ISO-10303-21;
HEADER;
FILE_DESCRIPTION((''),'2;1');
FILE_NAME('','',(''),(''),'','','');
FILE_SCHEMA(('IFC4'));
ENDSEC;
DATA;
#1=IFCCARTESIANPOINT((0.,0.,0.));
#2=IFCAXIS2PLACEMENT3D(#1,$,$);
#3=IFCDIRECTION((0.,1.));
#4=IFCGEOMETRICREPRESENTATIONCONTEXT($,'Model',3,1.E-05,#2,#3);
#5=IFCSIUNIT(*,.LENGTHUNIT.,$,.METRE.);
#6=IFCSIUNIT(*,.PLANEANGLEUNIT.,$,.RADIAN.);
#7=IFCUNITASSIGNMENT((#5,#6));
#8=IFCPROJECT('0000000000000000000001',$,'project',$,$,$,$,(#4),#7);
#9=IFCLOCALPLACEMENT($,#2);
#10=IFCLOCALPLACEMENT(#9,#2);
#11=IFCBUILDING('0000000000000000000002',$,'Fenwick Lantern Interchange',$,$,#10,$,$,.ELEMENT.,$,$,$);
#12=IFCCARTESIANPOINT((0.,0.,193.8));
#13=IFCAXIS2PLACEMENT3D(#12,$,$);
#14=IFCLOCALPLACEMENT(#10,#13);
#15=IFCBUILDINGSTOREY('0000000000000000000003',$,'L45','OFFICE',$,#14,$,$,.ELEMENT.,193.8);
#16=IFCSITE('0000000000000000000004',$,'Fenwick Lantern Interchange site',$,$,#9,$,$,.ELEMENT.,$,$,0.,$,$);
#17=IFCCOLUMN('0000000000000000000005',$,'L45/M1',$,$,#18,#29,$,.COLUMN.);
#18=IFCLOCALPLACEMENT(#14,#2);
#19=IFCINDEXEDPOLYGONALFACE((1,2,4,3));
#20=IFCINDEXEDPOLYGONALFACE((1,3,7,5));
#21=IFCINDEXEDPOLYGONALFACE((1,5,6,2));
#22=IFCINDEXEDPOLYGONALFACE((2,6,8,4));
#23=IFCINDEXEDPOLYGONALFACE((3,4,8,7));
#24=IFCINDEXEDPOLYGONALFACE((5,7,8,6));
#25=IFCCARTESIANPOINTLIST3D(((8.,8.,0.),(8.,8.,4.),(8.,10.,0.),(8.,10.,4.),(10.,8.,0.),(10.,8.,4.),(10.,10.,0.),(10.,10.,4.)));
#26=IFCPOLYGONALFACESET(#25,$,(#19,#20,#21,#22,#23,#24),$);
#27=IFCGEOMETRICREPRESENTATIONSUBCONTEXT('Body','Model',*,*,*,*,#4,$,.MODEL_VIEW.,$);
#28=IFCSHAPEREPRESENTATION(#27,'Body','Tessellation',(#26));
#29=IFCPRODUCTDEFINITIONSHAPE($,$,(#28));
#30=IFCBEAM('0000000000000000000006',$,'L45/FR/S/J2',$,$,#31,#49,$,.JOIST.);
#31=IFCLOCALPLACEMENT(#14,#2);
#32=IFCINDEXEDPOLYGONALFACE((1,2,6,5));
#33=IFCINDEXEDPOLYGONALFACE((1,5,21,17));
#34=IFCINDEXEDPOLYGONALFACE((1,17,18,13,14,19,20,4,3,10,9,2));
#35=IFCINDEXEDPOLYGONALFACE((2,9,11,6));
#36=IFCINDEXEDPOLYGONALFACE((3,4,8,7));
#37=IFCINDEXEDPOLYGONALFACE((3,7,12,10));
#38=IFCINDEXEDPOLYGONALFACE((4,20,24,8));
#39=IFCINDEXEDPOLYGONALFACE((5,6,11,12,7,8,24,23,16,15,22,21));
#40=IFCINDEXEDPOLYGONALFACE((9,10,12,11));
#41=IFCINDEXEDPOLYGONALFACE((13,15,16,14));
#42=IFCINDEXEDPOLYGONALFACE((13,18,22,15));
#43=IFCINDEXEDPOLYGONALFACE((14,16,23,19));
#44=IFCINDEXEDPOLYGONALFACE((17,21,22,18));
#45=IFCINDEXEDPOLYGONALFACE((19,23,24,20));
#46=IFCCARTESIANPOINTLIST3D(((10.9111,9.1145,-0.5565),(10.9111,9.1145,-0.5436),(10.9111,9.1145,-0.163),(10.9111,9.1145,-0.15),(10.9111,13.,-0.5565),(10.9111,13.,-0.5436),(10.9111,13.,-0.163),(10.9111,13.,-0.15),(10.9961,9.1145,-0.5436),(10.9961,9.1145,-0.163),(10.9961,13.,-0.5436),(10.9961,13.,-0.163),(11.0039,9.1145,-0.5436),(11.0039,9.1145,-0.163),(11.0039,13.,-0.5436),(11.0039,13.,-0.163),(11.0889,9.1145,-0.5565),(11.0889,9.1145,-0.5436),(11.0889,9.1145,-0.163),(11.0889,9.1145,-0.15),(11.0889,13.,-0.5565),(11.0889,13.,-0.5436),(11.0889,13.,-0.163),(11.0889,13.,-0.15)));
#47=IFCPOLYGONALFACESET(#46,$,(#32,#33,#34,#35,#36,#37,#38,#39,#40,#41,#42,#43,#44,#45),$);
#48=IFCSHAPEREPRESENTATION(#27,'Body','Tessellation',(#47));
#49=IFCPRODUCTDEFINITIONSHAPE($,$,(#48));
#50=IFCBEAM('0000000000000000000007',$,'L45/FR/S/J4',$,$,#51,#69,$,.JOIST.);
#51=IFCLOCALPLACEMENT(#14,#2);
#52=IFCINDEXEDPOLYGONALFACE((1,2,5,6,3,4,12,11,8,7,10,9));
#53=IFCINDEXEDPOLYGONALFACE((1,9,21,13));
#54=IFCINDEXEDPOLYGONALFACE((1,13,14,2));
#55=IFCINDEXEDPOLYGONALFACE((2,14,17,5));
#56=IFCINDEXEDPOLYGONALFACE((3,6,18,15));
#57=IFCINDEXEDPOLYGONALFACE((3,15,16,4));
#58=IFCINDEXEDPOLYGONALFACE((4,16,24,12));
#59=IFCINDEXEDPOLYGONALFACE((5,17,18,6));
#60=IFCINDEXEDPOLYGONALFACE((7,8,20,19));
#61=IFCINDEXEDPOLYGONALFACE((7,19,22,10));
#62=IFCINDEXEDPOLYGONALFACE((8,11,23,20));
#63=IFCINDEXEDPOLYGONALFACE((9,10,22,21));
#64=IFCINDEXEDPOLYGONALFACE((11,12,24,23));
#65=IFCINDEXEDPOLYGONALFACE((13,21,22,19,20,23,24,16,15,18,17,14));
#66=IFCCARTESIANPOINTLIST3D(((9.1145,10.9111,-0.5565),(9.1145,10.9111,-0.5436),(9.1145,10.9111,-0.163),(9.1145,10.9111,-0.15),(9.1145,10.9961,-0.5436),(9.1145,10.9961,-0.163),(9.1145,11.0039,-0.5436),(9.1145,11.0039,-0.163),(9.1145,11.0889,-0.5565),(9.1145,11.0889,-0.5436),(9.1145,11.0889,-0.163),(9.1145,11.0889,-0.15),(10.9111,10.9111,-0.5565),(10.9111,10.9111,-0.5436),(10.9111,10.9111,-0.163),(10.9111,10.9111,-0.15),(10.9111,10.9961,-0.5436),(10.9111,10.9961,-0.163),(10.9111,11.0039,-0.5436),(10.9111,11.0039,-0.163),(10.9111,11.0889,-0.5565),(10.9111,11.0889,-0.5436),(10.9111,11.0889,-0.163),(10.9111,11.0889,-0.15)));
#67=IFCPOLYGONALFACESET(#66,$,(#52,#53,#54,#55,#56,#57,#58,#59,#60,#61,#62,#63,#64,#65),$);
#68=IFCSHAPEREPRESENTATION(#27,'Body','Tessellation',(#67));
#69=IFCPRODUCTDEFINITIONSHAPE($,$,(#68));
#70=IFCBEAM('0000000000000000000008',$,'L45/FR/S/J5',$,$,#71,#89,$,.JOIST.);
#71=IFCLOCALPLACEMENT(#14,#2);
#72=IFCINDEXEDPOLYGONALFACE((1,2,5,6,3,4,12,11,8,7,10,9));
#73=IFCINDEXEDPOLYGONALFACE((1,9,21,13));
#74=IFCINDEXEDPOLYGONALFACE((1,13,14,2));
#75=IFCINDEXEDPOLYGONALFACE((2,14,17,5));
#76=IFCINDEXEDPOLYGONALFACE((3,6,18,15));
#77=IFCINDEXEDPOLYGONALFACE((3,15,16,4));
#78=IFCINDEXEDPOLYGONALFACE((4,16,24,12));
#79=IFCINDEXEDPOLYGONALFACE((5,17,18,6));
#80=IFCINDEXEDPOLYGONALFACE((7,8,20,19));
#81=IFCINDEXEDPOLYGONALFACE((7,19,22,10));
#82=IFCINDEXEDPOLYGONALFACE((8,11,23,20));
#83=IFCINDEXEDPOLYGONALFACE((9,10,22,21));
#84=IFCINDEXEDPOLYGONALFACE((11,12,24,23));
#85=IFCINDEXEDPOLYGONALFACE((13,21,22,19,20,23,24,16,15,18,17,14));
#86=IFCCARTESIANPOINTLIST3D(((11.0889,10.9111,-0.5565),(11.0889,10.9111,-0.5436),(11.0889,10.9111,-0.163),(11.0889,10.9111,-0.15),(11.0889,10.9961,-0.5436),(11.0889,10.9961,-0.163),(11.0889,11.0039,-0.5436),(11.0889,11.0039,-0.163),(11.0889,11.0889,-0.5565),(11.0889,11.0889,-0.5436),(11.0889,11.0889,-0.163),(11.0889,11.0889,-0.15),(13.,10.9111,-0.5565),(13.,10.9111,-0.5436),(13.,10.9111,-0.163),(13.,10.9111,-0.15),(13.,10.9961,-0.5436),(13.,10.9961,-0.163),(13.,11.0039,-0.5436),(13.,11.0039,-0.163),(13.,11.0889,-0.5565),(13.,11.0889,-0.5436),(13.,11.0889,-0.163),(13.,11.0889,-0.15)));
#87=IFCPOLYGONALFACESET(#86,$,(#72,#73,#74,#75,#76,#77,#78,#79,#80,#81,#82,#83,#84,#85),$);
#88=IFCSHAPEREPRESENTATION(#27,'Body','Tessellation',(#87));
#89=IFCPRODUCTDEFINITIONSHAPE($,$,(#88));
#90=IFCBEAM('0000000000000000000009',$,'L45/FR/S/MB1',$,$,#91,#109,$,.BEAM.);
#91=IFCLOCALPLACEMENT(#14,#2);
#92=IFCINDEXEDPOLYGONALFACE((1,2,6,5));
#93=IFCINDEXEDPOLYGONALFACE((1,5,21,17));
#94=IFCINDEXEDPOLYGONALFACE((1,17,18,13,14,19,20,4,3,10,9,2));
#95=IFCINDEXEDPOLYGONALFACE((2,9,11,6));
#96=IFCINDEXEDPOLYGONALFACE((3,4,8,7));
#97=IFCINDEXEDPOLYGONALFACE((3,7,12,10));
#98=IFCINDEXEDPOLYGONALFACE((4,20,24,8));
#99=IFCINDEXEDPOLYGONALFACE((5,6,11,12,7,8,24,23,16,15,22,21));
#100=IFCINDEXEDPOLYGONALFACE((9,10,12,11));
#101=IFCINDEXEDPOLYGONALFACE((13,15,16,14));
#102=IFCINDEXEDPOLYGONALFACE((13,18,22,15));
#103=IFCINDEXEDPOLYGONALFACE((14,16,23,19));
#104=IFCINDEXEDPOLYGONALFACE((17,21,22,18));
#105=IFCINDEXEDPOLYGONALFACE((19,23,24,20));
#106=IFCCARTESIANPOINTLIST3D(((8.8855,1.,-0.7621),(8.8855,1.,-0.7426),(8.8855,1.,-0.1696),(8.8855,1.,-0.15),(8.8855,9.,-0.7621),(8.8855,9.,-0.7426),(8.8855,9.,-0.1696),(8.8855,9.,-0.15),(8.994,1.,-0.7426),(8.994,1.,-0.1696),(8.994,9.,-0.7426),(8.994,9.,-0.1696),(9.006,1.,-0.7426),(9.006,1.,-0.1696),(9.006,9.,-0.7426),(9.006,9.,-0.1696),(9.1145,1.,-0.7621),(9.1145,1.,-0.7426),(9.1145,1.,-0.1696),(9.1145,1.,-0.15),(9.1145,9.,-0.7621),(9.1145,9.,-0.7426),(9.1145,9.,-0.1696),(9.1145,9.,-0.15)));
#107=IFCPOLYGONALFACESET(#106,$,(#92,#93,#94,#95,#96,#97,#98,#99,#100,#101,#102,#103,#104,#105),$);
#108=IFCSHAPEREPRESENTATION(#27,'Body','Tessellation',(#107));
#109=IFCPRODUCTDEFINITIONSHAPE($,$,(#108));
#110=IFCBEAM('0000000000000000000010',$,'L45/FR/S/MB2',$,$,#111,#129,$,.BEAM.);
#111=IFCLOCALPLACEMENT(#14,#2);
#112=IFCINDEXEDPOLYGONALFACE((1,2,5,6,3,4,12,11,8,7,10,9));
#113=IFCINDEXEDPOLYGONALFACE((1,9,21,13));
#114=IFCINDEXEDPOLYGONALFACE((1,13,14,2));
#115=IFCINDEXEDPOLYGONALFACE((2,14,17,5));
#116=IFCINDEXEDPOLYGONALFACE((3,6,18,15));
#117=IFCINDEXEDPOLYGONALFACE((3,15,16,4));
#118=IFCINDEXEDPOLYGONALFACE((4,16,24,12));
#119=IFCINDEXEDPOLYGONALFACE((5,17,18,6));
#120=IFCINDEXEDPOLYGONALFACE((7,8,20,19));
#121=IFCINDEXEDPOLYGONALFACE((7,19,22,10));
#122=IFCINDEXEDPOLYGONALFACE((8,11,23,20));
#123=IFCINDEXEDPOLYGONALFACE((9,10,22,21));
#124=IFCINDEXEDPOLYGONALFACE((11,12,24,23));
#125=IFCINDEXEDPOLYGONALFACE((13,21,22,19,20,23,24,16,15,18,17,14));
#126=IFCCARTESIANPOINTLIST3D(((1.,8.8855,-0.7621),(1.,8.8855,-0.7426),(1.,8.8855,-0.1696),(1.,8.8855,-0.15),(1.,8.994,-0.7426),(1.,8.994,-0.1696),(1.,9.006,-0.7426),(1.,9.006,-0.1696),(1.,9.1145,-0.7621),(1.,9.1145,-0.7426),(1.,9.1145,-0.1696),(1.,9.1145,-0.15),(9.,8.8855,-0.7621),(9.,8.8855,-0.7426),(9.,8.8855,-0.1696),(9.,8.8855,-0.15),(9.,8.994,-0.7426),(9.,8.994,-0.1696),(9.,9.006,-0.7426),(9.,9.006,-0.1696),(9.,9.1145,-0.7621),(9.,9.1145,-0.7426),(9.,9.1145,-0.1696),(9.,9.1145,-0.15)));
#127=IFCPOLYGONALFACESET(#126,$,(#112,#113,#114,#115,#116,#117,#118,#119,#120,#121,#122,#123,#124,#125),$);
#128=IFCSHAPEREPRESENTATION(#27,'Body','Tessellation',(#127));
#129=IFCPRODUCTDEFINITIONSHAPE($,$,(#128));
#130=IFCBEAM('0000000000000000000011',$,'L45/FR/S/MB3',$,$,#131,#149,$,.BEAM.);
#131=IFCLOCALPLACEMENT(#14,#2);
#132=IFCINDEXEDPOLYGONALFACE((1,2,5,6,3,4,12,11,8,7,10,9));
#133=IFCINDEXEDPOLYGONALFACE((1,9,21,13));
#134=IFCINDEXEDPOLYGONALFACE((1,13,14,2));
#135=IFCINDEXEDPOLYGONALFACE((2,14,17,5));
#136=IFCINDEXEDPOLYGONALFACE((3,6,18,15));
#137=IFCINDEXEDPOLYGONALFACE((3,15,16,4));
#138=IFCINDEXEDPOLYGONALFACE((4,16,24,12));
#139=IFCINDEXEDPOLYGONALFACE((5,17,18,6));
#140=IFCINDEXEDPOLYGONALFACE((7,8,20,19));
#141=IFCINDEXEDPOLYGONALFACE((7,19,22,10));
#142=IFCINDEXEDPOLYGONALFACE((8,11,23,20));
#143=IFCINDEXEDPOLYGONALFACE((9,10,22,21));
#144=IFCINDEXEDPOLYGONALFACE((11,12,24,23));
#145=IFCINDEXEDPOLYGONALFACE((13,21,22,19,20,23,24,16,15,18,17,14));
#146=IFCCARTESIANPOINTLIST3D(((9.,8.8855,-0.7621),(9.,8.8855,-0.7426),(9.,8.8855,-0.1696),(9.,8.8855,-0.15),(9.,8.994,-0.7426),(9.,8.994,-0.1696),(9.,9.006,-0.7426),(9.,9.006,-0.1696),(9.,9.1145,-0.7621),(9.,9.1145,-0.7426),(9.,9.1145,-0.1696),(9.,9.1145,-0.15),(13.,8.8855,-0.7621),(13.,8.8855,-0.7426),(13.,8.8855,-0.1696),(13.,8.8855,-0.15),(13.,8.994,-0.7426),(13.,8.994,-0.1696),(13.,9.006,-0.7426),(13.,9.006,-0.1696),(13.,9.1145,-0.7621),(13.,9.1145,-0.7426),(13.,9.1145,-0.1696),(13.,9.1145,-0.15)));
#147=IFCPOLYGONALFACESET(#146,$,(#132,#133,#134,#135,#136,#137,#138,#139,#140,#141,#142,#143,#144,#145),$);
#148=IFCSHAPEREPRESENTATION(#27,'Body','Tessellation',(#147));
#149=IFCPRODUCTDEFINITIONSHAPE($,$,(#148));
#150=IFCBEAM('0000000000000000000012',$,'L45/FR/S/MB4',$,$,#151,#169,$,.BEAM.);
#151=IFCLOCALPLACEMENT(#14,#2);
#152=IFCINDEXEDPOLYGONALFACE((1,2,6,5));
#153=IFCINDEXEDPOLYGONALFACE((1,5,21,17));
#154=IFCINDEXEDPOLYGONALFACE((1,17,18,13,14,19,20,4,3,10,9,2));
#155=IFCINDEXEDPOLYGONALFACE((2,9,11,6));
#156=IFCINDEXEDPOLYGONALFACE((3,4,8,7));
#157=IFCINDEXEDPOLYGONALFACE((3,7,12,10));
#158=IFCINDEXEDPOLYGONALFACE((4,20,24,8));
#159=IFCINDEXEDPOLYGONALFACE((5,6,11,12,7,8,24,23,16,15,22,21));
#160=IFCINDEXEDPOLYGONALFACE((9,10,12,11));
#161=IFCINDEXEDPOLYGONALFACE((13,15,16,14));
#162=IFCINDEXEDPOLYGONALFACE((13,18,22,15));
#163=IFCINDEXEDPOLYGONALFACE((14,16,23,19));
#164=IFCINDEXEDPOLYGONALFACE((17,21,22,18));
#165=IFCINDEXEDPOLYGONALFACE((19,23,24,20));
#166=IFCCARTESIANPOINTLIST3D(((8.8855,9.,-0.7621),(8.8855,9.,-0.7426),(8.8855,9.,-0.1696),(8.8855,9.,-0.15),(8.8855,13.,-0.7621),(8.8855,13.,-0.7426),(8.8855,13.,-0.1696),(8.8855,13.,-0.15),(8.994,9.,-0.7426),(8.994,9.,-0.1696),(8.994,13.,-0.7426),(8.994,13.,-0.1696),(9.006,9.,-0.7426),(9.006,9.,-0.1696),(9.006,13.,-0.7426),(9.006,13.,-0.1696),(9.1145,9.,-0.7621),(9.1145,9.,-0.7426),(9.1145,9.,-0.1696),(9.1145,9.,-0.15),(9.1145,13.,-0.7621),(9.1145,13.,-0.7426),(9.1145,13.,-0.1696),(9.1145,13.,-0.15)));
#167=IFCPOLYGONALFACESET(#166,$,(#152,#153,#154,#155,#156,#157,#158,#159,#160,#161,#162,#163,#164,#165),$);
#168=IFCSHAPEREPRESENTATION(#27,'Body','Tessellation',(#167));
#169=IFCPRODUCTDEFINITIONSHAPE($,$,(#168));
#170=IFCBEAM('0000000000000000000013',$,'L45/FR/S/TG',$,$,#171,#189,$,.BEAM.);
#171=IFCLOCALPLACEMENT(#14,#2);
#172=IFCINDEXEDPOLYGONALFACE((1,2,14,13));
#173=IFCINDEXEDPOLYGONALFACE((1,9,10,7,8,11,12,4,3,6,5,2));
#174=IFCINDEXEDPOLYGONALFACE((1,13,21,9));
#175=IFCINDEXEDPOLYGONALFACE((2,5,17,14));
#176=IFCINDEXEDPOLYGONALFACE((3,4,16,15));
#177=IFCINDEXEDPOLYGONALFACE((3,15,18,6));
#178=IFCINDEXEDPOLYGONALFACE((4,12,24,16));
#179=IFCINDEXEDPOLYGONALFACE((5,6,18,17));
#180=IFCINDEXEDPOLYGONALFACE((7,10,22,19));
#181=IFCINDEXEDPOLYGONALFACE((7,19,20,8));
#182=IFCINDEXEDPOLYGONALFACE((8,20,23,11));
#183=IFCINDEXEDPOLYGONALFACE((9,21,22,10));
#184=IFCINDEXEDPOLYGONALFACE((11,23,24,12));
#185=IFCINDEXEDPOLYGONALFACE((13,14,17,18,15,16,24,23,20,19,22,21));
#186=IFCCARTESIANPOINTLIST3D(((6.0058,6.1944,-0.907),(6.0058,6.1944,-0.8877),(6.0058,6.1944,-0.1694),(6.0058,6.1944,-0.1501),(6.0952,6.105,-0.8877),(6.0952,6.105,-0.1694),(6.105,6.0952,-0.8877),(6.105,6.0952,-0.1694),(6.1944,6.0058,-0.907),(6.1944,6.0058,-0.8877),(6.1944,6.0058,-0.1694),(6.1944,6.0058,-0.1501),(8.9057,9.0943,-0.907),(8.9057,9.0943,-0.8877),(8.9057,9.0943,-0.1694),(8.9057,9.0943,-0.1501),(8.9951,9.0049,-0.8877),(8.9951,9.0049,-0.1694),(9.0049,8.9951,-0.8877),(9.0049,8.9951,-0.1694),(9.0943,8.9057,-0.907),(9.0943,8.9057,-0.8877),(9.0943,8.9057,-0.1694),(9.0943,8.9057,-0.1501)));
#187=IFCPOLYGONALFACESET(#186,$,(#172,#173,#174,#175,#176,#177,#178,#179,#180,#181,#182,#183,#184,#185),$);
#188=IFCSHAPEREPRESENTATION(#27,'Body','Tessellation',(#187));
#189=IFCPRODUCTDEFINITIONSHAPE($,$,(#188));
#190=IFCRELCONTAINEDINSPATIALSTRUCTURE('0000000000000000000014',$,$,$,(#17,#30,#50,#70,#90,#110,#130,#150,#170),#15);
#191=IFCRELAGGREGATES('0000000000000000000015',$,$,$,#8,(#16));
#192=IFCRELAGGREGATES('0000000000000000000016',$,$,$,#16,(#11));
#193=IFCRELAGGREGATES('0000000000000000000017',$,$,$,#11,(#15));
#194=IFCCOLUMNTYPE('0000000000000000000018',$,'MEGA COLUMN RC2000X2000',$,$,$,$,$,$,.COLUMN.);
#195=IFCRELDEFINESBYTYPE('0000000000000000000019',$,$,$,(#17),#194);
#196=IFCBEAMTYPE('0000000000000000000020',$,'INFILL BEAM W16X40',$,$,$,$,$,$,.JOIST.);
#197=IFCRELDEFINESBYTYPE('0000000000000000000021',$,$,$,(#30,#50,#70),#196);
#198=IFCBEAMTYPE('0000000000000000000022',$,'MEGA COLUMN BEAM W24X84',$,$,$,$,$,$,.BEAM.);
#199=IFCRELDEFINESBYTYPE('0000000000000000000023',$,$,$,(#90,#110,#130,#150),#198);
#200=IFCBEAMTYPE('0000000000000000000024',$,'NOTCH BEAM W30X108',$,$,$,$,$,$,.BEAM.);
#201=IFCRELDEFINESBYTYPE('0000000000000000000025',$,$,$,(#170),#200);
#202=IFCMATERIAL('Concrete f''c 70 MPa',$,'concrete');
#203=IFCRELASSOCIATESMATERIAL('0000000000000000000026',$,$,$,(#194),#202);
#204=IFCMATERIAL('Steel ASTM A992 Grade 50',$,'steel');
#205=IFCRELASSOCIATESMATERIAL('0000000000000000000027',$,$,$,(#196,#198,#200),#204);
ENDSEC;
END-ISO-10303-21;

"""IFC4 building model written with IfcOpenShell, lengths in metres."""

from ifc_helpers import new_model, si_unit, direction, frame, origin, origin_2d, place, context, subcontext, project, spatial, rectangle, i_section, extrude, material, material_profile, profile_set, type_object, element, save


model = new_model("IFC4")

# Units and contexts
model_context = context("Model", 3, precision=1e-05, world=origin(), true_north=direction((0.0, 1.0)))
body_context = subcontext(model_context, "Body", "Model", "MODEL_VIEW")
ifc_project = project(units=[si_unit("LENGTHUNIT", "METRE"), si_unit("PLANEANGLEUNIT", "RADIAN")], contexts=[model_context])

# Site, building, storey
site_placement = place(None, origin())
site = spatial("IfcSite", under=ifc_project, at=site_placement, Name="Fenwick Lantern Interchange site", CompositionType="ELEMENT", RefElevation=0.0)
building_placement = place(site_placement, origin())
building = spatial("IfcBuilding", under=site, at=building_placement, Name="Fenwick Lantern Interchange", CompositionType="ELEMENT")
storey_placement = place(building_placement, frame((0.0, 0.0, 193.8)))
storey = spatial("IfcBuildingStorey", under=building, at=storey_placement, Name="L45", Description="OFFICE", CompositionType="ELEMENT", Elevation=193.8)

# Column
ifc_material_1 = material(Name="Concrete f'c 70 MPa", Category="concrete")
ifc_material_profile_1 = material_profile(ifc_material_1, rectangle(XDim=2.0, YDim=2.0, at=origin_2d()), Name="RC2000X2000")
ifc_profile_set_1 = profile_set([ifc_material_profile_1], Name="Concrete f'c 70 MPa")
column_type = type_object("IfcColumnType", Name="MEGA COLUMN RC2000X2000", PredefinedType="COLUMN", material=ifc_profile_set_1)
column_placement = place(storey_placement, frame((9.0, 9.0, 0.0), z_axis=(0.0, 0.0, 1.0), x_axis=(1.0, 0.0, 0.0)))
element("IfcColumn", 1, at=column_placement, inside=storey, type_object=column_type, Name="L45/M1", PredefinedType="COLUMN", context=body_context, shape_type="SweptSolid", body=[
    extrude(rectangle(XDim=2.0, YDim=2.0, at=origin_2d()), origin(), (0.0, 0.0, 1.0), 4.0),
])

# Beams
ifc_material_2 = material(Name="Steel ASTM A992 Grade 50", Category="steel")
ifc_material_profile_2 = material_profile(ifc_material_2, i_section(OverallWidth=0.1777, OverallDepth=0.4065, WebThickness=0.0078, FlangeThickness=0.0129, at=origin_2d()), Name="W16X40")
ifc_profile_set_2 = profile_set([ifc_material_profile_2], Name="Steel ASTM A992 Grade 50")
beam_type_1 = type_object("IfcBeamType", Name="INFILL BEAM W16X40", PredefinedType="JOIST", material=ifc_profile_set_2)
beam_1_placement = place(storey_placement, frame((11.0, 9.1145, -0.3533), z_axis=(0.0, 1.0, 0.0), x_axis=(-1.0, 0.0, 0.0)))
element("IfcBeam", 2, at=beam_1_placement, inside=storey, type_object=beam_type_1, Name="L45/FR/S/J2", PredefinedType="JOIST", context=body_context, shape_type="SweptSolid", body=[
    extrude(i_section(OverallWidth=0.1777, OverallDepth=0.4065, WebThickness=0.0078, FlangeThickness=0.0129, at=origin_2d()), origin(), (0.0, 0.0, 1.0), 3.8855),
])
beam_2_placement = place(storey_placement, frame((9.1145, 11.0, -0.3533), z_axis=(1.0, 0.0, 0.0), x_axis=(0.0, 1.0, 0.0)))
element("IfcBeam", 3, at=beam_2_placement, inside=storey, type_object=beam_type_1, Name="L45/FR/S/J4", PredefinedType="JOIST", context=body_context, shape_type="SweptSolid", body=[
    extrude(i_section(OverallWidth=0.1777, OverallDepth=0.4065, WebThickness=0.0078, FlangeThickness=0.0129, at=origin_2d()), origin(), (0.0, 0.0, 1.0), 1.7966),
])
beam_3_placement = place(storey_placement, frame((11.0889, 11.0, -0.3533), z_axis=(1.0, 0.0, 0.0), x_axis=(0.0, 1.0, 0.0)))
element("IfcBeam", 4, at=beam_3_placement, inside=storey, type_object=beam_type_1, Name="L45/FR/S/J5", PredefinedType="JOIST", context=body_context, shape_type="SweptSolid", body=[
    extrude(i_section(OverallWidth=0.1777, OverallDepth=0.4065, WebThickness=0.0078, FlangeThickness=0.0129, at=origin_2d()), origin(), (0.0, 0.0, 1.0), 1.9111),
])
ifc_material_profile_3 = material_profile(ifc_material_2, i_section(OverallWidth=0.229, OverallDepth=0.6121, WebThickness=0.012, FlangeThickness=0.0195, at=origin_2d()), Name="W24X84")
ifc_profile_set_3 = profile_set([ifc_material_profile_3], Name="Steel ASTM A992 Grade 50")
beam_type_2 = type_object("IfcBeamType", Name="MEGA COLUMN BEAM W24X84", PredefinedType="BEAM", material=ifc_profile_set_3)
for number, where, z_axis, x_axis, name in (
    (5, (9.0, 9.0, -0.4561), (0.0, -1.0, 0.0), (1.0, 0.0, 0.0), "L45/FR/S/MB1"),
    (6, (9.0, 9.0, -0.4561), (-1.0, 0.0, 0.0), (0.0, -1.0, 0.0), "L45/FR/S/MB2"),
):
    element("IfcBeam", number, at=place(storey_placement, frame(where, z_axis=z_axis, x_axis=x_axis)), inside=storey, type_object=beam_type_2, Name=name, PredefinedType="BEAM", context=body_context, shape_type="SweptSolid", body=[
        extrude(i_section(OverallWidth=0.229, OverallDepth=0.6121, WebThickness=0.012, FlangeThickness=0.0195, at=origin_2d()), origin(), (0.0, 0.0, 1.0), 8.0),
    ])
for number, where, z_axis, x_axis, name in (
    (7, (9.0, 9.0, -0.4561), (1.0, 0.0, 0.0), (0.0, 1.0, 0.0), "L45/FR/S/MB3"),
    (8, (9.0, 9.0, -0.4561), (0.0, 1.0, 0.0), (-1.0, 0.0, 0.0), "L45/FR/S/MB4"),
):
    element("IfcBeam", number, at=place(storey_placement, frame(where, z_axis=z_axis, x_axis=x_axis)), inside=storey, type_object=beam_type_2, Name=name, PredefinedType="BEAM", context=body_context, shape_type="SweptSolid", body=[
        extrude(i_section(OverallWidth=0.229, OverallDepth=0.6121, WebThickness=0.012, FlangeThickness=0.0195, at=origin_2d()), origin(), (0.0, 0.0, 1.0), 4.0),
    ])
ifc_material_profile_4 = material_profile(ifc_material_2, i_section(OverallWidth=0.2666, OverallDepth=0.7568, WebThickness=0.0139, FlangeThickness=0.0193, at=origin_2d()), Name="W30X108")
ifc_profile_set_4 = profile_set([ifc_material_profile_4], Name="Steel ASTM A992 Grade 50")
beam_type_3 = type_object("IfcBeamType", Name="NOTCH BEAM W30X108", PredefinedType="BEAM", material=ifc_profile_set_4)
beam_4_placement = place(storey_placement, frame((9.0, 9.0, -0.5286), z_axis=(-0.707107, -0.707107, 0.0), x_axis=(0.707107, -0.707107, 0.0)))
element("IfcBeam", 9, at=beam_4_placement, inside=storey, type_object=beam_type_3, Name="L45/FR/S/TG", PredefinedType="BEAM", context=body_context, shape_type="SweptSolid", body=[
    extrude(i_section(OverallWidth=0.2666, OverallDepth=0.7568, WebThickness=0.0139, FlangeThickness=0.0193, at=origin_2d()), origin(), (0.0, 0.0, 1.0), 4.1011),
])

save(model, "model.ifc")
